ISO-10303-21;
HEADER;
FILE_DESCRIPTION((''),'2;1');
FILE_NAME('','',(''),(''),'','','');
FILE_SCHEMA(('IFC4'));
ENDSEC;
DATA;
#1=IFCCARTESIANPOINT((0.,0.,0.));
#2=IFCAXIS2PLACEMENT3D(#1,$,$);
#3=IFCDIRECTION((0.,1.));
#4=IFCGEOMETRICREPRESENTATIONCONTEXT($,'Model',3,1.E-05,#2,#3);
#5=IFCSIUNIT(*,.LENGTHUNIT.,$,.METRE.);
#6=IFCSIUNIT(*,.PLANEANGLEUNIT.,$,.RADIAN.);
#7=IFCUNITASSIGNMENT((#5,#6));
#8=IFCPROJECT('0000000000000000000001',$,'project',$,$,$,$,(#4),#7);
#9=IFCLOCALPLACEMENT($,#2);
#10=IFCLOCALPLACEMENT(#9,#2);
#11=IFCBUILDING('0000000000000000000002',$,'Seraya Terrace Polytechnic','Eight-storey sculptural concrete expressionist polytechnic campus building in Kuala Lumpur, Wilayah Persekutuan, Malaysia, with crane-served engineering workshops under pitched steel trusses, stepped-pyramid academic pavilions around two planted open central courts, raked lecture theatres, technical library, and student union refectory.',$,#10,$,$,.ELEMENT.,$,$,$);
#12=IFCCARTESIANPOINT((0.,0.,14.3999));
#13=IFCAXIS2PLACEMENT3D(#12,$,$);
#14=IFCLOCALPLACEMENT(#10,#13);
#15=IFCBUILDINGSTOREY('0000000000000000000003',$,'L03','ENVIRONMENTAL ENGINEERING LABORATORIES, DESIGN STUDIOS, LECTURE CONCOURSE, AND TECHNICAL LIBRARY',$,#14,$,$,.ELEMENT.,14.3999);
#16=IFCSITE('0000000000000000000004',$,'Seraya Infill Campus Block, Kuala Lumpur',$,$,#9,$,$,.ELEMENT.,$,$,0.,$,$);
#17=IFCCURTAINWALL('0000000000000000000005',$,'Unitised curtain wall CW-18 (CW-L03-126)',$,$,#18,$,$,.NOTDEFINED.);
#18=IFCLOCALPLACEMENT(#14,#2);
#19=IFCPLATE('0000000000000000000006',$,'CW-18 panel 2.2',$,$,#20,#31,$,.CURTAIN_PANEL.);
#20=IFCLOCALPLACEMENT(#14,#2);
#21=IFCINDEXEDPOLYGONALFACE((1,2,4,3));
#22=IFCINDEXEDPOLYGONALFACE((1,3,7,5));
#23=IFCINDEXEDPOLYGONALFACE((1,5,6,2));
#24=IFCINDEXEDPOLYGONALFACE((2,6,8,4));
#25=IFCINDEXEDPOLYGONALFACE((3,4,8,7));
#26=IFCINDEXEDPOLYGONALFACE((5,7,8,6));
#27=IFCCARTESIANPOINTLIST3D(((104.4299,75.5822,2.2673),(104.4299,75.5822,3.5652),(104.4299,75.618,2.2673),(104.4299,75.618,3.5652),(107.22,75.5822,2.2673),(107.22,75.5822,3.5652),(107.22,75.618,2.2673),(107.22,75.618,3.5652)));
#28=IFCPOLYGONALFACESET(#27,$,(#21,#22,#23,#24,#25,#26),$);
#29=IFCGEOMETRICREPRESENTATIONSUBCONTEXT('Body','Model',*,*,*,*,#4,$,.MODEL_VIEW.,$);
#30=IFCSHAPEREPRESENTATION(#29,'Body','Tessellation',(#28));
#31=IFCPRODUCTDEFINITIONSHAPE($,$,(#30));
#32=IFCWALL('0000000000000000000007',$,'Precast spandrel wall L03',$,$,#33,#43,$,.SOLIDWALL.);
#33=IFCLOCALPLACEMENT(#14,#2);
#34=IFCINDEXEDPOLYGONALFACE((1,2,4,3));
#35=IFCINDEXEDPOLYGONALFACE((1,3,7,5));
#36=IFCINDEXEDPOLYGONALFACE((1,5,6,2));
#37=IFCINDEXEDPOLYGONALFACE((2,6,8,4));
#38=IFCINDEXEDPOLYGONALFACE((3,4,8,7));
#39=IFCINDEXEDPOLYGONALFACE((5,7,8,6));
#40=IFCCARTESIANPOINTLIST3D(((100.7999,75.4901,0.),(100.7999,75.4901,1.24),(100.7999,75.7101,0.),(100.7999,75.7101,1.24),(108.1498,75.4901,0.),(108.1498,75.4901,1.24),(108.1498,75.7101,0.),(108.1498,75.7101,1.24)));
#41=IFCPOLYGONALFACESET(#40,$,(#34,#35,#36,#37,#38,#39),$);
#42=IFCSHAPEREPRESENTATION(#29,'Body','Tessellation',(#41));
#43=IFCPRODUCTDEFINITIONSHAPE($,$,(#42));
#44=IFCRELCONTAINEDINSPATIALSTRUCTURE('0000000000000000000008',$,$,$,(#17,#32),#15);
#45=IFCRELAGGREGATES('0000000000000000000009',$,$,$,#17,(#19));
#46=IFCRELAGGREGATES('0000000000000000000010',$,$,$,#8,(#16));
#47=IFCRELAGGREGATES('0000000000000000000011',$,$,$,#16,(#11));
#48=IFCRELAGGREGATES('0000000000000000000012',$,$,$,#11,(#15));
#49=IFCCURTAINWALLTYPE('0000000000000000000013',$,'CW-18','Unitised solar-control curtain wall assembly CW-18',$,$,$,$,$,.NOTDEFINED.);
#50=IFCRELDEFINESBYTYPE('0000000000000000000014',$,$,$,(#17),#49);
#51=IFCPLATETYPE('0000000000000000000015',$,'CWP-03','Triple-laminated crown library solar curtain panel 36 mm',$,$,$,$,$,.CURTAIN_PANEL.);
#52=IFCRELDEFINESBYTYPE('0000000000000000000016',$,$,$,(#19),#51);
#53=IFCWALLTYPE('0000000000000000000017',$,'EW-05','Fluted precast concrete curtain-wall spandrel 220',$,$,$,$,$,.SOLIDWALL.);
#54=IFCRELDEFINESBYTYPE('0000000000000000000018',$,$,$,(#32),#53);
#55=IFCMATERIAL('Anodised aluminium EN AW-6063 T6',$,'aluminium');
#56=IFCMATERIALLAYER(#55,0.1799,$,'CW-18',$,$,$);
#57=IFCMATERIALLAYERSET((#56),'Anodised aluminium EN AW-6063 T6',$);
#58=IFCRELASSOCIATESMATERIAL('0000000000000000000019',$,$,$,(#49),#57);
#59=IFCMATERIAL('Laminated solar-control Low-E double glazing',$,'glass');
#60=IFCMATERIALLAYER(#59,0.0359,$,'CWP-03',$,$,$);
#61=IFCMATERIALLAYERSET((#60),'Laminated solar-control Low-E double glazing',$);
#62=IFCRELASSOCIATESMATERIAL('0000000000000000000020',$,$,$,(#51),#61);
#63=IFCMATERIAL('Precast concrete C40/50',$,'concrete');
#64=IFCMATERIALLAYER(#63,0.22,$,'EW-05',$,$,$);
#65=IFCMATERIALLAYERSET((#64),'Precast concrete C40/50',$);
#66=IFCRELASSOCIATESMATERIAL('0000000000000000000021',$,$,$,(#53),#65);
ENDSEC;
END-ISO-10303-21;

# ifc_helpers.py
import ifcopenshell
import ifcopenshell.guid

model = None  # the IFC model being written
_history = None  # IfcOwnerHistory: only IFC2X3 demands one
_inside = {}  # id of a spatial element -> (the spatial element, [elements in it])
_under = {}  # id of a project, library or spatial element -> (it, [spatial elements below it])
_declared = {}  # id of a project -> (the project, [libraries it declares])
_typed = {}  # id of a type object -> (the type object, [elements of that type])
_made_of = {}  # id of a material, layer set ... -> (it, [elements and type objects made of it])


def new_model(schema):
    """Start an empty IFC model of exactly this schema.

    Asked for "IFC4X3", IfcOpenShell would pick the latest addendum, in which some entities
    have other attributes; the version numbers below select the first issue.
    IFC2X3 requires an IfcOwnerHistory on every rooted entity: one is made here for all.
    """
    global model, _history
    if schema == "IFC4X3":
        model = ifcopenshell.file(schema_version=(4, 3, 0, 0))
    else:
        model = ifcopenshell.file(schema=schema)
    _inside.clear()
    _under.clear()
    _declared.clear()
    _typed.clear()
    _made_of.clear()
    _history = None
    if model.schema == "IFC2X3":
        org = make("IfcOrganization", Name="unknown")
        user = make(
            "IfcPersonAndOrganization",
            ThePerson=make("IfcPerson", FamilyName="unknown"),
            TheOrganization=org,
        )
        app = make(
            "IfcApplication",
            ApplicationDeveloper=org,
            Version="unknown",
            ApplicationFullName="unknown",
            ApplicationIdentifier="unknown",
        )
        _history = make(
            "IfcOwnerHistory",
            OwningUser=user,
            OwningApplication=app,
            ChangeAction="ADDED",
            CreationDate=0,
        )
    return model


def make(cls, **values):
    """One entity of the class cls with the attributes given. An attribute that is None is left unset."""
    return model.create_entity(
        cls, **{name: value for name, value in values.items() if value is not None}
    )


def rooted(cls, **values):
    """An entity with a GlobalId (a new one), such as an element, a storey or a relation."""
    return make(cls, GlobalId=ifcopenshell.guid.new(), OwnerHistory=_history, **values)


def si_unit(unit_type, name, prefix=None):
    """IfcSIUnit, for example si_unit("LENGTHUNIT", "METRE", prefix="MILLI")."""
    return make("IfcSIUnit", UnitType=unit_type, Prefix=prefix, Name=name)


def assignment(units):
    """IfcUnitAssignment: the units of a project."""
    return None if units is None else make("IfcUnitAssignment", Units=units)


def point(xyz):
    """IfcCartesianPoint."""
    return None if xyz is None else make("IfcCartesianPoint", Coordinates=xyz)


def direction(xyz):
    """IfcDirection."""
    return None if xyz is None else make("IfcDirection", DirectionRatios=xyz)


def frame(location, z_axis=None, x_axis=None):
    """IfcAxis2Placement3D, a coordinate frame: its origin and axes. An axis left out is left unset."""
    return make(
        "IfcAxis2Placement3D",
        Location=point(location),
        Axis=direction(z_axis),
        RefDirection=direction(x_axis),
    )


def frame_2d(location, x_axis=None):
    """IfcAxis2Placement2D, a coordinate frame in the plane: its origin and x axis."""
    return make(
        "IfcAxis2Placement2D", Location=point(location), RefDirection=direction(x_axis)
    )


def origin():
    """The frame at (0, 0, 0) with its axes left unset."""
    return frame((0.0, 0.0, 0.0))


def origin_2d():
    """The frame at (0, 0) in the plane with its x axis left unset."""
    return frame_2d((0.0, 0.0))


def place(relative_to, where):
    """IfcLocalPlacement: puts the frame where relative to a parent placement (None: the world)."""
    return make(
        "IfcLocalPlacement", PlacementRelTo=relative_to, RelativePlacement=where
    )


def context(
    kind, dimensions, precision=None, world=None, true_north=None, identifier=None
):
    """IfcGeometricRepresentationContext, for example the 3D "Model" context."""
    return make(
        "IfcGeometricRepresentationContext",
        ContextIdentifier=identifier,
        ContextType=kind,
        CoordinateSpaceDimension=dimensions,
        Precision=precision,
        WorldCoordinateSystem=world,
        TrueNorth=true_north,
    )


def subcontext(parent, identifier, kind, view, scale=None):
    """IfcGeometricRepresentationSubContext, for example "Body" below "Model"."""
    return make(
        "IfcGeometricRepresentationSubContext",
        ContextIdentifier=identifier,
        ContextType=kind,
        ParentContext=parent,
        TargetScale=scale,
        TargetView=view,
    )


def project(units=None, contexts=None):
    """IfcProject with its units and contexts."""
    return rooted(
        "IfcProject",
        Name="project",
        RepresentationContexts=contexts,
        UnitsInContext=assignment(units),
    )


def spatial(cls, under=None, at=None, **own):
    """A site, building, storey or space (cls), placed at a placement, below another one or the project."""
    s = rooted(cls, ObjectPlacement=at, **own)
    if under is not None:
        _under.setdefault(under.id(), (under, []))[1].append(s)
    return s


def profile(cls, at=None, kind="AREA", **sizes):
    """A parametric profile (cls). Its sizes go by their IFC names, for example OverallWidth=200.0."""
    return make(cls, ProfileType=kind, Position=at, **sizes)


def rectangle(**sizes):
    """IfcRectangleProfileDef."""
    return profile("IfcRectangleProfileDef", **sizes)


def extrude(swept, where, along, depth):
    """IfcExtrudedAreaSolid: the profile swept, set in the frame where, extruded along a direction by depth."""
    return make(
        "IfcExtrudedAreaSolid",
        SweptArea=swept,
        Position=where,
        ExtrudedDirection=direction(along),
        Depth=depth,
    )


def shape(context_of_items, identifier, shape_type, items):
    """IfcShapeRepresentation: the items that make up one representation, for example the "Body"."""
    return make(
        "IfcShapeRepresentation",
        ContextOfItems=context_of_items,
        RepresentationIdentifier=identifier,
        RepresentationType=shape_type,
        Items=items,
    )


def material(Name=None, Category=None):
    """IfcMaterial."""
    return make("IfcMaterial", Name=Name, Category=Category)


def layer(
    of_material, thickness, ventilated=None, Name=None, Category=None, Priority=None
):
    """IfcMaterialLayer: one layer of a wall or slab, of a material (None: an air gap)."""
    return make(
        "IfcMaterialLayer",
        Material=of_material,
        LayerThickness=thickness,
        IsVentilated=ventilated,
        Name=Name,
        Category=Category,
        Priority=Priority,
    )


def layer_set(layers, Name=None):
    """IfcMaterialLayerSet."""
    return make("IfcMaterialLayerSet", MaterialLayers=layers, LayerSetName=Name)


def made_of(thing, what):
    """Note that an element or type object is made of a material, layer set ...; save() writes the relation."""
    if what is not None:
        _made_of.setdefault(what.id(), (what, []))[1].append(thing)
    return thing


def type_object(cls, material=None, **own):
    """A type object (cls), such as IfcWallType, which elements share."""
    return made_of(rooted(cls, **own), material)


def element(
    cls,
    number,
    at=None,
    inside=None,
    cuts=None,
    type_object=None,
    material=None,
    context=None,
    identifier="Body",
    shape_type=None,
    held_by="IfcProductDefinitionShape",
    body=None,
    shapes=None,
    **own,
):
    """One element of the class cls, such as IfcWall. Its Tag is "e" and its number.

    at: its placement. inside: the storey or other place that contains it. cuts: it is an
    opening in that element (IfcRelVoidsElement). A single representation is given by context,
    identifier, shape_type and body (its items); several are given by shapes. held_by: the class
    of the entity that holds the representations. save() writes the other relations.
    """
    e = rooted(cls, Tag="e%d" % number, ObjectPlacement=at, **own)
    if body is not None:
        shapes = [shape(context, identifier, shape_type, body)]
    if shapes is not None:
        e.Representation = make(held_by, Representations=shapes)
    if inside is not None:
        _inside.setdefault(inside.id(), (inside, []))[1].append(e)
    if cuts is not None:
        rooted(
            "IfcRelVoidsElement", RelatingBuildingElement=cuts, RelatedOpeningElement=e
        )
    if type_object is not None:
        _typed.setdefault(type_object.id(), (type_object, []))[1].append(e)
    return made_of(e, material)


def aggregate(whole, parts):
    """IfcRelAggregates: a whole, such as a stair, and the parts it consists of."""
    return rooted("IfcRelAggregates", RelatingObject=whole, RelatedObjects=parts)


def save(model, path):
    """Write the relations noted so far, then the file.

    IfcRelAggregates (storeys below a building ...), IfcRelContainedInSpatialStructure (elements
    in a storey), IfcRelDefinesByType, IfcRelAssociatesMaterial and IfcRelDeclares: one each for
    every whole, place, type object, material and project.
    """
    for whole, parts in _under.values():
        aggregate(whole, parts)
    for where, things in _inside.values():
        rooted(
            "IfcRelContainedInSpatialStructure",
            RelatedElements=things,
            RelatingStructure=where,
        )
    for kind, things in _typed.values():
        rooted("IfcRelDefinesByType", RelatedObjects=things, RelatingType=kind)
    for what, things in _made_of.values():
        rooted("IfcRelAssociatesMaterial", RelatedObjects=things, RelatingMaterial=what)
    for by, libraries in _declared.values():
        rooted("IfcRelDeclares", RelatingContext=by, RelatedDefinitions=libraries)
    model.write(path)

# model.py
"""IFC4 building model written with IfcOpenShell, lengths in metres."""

from ifc_helpers import new_model, si_unit, direction, frame, frame_2d, origin, origin_2d, place, context, subcontext, project, spatial, rectangle, extrude, material, layer, layer_set, type_object, element, aggregate, save


model = new_model("IFC4")

# Units and contexts
model_context = context("Model", 3, precision=1e-05, world=origin(), true_north=direction((0.0, 1.0)))
body_context = subcontext(model_context, "Body", "Model", "MODEL_VIEW")
ifc_project = project(units=[si_unit("LENGTHUNIT", "METRE"), si_unit("PLANEANGLEUNIT", "RADIAN")], contexts=[model_context])

# Site, building, storey
site_placement = place(None, origin())
site = spatial("IfcSite", under=ifc_project, at=site_placement, Name="Seraya Infill Campus Block, Kuala Lumpur", CompositionType="ELEMENT", RefElevation=0.0)
building_placement = place(site_placement, origin())
building = spatial("IfcBuilding", under=site, at=building_placement, Name="Seraya Terrace Polytechnic", Description="Eight-storey sculptural concrete expressionist polytechnic campus building in Kuala Lumpur, Wilayah Persekutuan, Malaysia, with crane-served engineering workshops under pitched steel trusses, stepped-pyramid academic pavilions around two planted open central courts, raked lecture theatres, technical library, and student union refectory.", CompositionType="ELEMENT")
storey_placement = place(building_placement, frame((0.0, 0.0, 14.3999)))
storey = spatial("IfcBuildingStorey", under=building, at=storey_placement, Name="L03", Description="ENVIRONMENTAL ENGINEERING LABORATORIES, DESIGN STUDIOS, LECTURE CONCOURSE, AND TECHNICAL LIBRARY", CompositionType="ELEMENT", Elevation=14.3999)

# Shared definitions
ifc_material_1 = material(Name="Anodised aluminium EN AW-6063 T6", Category="aluminium")

# Curtain wall
ifc_layer_1 = layer(ifc_material_1, 0.1799, Name="CW-18")
ifc_layer_set_1 = layer_set([ifc_layer_1], Name="Anodised aluminium EN AW-6063 T6")
curtain_wall_type_1 = type_object("IfcCurtainWallType", Name="CW-18", Description="Unitised solar-control curtain wall assembly CW-18", PredefinedType="NOTDEFINED", material=ifc_layer_set_1)
curtain_wall_1_placement = place(storey_placement, origin())
curtain_wall_1 = element("IfcCurtainWall", 1, at=curtain_wall_1_placement, inside=storey, type_object=curtain_wall_type_1, Name="Unitised curtain wall CW-18 (CW-L03-126)", PredefinedType="NOTDEFINED")

# Plate
ifc_material_2 = material(Name="Laminated solar-control Low-E double glazing", Category="glass")
ifc_layer_2 = layer(ifc_material_2, 0.0359, Name="CWP-03")
ifc_layer_set_2 = layer_set([ifc_layer_2], Name="Laminated solar-control Low-E double glazing")
plate_type_1 = type_object("IfcPlateType", Name="CWP-03", Description="Triple-laminated crown library solar curtain panel 36 mm", PredefinedType="CURTAIN_PANEL", material=ifc_layer_set_2)
plate_1_placement = place(storey_placement, frame((105.825, 75.6001, 2.2673), z_axis=(0.0, 0.0, 1.0), x_axis=(1.0, 0.0, 0.0)))
plate_1 = element("IfcPlate", 2, at=plate_1_placement, type_object=plate_type_1, Name="CW-18 panel 2.2", PredefinedType="CURTAIN_PANEL", context=body_context, shape_type="SweptSolid", body=[
    extrude(rectangle(XDim=2.79, YDim=0.0359, at=origin_2d()), origin(), (0.0, 0.0, 1.0), 1.2979),
])
aggregate(curtain_wall_1, [plate_1])

# Wall
ifc_material_3 = material(Name="Precast concrete C40/50", Category="concrete")
ifc_layer_3 = layer(ifc_material_3, 0.22, Name="EW-05")
ifc_layer_set_3 = layer_set([ifc_layer_3], Name="Precast concrete C40/50")
wall_type = type_object("IfcWallType", Name="EW-05", Description="Fluted precast concrete curtain-wall spandrel 220", PredefinedType="SOLIDWALL", material=ifc_layer_set_3)
wall_placement = place(storey_placement, frame((100.8, 75.6001, 0.0), z_axis=(0.0, 0.0, 1.0), x_axis=(1.0, 0.0, 0.0)))
element("IfcWall", 3, at=wall_placement, inside=storey, type_object=wall_type, Name="Precast spandrel wall L03", PredefinedType="SOLIDWALL", context=body_context, shape_type="SweptSolid", body=[
    extrude(rectangle(XDim=7.3499, YDim=0.22, at=frame_2d((3.6748, 0.0))), origin(), (0.0, 0.0, 1.0), 1.24),
])

save(model, "model.ifc")
